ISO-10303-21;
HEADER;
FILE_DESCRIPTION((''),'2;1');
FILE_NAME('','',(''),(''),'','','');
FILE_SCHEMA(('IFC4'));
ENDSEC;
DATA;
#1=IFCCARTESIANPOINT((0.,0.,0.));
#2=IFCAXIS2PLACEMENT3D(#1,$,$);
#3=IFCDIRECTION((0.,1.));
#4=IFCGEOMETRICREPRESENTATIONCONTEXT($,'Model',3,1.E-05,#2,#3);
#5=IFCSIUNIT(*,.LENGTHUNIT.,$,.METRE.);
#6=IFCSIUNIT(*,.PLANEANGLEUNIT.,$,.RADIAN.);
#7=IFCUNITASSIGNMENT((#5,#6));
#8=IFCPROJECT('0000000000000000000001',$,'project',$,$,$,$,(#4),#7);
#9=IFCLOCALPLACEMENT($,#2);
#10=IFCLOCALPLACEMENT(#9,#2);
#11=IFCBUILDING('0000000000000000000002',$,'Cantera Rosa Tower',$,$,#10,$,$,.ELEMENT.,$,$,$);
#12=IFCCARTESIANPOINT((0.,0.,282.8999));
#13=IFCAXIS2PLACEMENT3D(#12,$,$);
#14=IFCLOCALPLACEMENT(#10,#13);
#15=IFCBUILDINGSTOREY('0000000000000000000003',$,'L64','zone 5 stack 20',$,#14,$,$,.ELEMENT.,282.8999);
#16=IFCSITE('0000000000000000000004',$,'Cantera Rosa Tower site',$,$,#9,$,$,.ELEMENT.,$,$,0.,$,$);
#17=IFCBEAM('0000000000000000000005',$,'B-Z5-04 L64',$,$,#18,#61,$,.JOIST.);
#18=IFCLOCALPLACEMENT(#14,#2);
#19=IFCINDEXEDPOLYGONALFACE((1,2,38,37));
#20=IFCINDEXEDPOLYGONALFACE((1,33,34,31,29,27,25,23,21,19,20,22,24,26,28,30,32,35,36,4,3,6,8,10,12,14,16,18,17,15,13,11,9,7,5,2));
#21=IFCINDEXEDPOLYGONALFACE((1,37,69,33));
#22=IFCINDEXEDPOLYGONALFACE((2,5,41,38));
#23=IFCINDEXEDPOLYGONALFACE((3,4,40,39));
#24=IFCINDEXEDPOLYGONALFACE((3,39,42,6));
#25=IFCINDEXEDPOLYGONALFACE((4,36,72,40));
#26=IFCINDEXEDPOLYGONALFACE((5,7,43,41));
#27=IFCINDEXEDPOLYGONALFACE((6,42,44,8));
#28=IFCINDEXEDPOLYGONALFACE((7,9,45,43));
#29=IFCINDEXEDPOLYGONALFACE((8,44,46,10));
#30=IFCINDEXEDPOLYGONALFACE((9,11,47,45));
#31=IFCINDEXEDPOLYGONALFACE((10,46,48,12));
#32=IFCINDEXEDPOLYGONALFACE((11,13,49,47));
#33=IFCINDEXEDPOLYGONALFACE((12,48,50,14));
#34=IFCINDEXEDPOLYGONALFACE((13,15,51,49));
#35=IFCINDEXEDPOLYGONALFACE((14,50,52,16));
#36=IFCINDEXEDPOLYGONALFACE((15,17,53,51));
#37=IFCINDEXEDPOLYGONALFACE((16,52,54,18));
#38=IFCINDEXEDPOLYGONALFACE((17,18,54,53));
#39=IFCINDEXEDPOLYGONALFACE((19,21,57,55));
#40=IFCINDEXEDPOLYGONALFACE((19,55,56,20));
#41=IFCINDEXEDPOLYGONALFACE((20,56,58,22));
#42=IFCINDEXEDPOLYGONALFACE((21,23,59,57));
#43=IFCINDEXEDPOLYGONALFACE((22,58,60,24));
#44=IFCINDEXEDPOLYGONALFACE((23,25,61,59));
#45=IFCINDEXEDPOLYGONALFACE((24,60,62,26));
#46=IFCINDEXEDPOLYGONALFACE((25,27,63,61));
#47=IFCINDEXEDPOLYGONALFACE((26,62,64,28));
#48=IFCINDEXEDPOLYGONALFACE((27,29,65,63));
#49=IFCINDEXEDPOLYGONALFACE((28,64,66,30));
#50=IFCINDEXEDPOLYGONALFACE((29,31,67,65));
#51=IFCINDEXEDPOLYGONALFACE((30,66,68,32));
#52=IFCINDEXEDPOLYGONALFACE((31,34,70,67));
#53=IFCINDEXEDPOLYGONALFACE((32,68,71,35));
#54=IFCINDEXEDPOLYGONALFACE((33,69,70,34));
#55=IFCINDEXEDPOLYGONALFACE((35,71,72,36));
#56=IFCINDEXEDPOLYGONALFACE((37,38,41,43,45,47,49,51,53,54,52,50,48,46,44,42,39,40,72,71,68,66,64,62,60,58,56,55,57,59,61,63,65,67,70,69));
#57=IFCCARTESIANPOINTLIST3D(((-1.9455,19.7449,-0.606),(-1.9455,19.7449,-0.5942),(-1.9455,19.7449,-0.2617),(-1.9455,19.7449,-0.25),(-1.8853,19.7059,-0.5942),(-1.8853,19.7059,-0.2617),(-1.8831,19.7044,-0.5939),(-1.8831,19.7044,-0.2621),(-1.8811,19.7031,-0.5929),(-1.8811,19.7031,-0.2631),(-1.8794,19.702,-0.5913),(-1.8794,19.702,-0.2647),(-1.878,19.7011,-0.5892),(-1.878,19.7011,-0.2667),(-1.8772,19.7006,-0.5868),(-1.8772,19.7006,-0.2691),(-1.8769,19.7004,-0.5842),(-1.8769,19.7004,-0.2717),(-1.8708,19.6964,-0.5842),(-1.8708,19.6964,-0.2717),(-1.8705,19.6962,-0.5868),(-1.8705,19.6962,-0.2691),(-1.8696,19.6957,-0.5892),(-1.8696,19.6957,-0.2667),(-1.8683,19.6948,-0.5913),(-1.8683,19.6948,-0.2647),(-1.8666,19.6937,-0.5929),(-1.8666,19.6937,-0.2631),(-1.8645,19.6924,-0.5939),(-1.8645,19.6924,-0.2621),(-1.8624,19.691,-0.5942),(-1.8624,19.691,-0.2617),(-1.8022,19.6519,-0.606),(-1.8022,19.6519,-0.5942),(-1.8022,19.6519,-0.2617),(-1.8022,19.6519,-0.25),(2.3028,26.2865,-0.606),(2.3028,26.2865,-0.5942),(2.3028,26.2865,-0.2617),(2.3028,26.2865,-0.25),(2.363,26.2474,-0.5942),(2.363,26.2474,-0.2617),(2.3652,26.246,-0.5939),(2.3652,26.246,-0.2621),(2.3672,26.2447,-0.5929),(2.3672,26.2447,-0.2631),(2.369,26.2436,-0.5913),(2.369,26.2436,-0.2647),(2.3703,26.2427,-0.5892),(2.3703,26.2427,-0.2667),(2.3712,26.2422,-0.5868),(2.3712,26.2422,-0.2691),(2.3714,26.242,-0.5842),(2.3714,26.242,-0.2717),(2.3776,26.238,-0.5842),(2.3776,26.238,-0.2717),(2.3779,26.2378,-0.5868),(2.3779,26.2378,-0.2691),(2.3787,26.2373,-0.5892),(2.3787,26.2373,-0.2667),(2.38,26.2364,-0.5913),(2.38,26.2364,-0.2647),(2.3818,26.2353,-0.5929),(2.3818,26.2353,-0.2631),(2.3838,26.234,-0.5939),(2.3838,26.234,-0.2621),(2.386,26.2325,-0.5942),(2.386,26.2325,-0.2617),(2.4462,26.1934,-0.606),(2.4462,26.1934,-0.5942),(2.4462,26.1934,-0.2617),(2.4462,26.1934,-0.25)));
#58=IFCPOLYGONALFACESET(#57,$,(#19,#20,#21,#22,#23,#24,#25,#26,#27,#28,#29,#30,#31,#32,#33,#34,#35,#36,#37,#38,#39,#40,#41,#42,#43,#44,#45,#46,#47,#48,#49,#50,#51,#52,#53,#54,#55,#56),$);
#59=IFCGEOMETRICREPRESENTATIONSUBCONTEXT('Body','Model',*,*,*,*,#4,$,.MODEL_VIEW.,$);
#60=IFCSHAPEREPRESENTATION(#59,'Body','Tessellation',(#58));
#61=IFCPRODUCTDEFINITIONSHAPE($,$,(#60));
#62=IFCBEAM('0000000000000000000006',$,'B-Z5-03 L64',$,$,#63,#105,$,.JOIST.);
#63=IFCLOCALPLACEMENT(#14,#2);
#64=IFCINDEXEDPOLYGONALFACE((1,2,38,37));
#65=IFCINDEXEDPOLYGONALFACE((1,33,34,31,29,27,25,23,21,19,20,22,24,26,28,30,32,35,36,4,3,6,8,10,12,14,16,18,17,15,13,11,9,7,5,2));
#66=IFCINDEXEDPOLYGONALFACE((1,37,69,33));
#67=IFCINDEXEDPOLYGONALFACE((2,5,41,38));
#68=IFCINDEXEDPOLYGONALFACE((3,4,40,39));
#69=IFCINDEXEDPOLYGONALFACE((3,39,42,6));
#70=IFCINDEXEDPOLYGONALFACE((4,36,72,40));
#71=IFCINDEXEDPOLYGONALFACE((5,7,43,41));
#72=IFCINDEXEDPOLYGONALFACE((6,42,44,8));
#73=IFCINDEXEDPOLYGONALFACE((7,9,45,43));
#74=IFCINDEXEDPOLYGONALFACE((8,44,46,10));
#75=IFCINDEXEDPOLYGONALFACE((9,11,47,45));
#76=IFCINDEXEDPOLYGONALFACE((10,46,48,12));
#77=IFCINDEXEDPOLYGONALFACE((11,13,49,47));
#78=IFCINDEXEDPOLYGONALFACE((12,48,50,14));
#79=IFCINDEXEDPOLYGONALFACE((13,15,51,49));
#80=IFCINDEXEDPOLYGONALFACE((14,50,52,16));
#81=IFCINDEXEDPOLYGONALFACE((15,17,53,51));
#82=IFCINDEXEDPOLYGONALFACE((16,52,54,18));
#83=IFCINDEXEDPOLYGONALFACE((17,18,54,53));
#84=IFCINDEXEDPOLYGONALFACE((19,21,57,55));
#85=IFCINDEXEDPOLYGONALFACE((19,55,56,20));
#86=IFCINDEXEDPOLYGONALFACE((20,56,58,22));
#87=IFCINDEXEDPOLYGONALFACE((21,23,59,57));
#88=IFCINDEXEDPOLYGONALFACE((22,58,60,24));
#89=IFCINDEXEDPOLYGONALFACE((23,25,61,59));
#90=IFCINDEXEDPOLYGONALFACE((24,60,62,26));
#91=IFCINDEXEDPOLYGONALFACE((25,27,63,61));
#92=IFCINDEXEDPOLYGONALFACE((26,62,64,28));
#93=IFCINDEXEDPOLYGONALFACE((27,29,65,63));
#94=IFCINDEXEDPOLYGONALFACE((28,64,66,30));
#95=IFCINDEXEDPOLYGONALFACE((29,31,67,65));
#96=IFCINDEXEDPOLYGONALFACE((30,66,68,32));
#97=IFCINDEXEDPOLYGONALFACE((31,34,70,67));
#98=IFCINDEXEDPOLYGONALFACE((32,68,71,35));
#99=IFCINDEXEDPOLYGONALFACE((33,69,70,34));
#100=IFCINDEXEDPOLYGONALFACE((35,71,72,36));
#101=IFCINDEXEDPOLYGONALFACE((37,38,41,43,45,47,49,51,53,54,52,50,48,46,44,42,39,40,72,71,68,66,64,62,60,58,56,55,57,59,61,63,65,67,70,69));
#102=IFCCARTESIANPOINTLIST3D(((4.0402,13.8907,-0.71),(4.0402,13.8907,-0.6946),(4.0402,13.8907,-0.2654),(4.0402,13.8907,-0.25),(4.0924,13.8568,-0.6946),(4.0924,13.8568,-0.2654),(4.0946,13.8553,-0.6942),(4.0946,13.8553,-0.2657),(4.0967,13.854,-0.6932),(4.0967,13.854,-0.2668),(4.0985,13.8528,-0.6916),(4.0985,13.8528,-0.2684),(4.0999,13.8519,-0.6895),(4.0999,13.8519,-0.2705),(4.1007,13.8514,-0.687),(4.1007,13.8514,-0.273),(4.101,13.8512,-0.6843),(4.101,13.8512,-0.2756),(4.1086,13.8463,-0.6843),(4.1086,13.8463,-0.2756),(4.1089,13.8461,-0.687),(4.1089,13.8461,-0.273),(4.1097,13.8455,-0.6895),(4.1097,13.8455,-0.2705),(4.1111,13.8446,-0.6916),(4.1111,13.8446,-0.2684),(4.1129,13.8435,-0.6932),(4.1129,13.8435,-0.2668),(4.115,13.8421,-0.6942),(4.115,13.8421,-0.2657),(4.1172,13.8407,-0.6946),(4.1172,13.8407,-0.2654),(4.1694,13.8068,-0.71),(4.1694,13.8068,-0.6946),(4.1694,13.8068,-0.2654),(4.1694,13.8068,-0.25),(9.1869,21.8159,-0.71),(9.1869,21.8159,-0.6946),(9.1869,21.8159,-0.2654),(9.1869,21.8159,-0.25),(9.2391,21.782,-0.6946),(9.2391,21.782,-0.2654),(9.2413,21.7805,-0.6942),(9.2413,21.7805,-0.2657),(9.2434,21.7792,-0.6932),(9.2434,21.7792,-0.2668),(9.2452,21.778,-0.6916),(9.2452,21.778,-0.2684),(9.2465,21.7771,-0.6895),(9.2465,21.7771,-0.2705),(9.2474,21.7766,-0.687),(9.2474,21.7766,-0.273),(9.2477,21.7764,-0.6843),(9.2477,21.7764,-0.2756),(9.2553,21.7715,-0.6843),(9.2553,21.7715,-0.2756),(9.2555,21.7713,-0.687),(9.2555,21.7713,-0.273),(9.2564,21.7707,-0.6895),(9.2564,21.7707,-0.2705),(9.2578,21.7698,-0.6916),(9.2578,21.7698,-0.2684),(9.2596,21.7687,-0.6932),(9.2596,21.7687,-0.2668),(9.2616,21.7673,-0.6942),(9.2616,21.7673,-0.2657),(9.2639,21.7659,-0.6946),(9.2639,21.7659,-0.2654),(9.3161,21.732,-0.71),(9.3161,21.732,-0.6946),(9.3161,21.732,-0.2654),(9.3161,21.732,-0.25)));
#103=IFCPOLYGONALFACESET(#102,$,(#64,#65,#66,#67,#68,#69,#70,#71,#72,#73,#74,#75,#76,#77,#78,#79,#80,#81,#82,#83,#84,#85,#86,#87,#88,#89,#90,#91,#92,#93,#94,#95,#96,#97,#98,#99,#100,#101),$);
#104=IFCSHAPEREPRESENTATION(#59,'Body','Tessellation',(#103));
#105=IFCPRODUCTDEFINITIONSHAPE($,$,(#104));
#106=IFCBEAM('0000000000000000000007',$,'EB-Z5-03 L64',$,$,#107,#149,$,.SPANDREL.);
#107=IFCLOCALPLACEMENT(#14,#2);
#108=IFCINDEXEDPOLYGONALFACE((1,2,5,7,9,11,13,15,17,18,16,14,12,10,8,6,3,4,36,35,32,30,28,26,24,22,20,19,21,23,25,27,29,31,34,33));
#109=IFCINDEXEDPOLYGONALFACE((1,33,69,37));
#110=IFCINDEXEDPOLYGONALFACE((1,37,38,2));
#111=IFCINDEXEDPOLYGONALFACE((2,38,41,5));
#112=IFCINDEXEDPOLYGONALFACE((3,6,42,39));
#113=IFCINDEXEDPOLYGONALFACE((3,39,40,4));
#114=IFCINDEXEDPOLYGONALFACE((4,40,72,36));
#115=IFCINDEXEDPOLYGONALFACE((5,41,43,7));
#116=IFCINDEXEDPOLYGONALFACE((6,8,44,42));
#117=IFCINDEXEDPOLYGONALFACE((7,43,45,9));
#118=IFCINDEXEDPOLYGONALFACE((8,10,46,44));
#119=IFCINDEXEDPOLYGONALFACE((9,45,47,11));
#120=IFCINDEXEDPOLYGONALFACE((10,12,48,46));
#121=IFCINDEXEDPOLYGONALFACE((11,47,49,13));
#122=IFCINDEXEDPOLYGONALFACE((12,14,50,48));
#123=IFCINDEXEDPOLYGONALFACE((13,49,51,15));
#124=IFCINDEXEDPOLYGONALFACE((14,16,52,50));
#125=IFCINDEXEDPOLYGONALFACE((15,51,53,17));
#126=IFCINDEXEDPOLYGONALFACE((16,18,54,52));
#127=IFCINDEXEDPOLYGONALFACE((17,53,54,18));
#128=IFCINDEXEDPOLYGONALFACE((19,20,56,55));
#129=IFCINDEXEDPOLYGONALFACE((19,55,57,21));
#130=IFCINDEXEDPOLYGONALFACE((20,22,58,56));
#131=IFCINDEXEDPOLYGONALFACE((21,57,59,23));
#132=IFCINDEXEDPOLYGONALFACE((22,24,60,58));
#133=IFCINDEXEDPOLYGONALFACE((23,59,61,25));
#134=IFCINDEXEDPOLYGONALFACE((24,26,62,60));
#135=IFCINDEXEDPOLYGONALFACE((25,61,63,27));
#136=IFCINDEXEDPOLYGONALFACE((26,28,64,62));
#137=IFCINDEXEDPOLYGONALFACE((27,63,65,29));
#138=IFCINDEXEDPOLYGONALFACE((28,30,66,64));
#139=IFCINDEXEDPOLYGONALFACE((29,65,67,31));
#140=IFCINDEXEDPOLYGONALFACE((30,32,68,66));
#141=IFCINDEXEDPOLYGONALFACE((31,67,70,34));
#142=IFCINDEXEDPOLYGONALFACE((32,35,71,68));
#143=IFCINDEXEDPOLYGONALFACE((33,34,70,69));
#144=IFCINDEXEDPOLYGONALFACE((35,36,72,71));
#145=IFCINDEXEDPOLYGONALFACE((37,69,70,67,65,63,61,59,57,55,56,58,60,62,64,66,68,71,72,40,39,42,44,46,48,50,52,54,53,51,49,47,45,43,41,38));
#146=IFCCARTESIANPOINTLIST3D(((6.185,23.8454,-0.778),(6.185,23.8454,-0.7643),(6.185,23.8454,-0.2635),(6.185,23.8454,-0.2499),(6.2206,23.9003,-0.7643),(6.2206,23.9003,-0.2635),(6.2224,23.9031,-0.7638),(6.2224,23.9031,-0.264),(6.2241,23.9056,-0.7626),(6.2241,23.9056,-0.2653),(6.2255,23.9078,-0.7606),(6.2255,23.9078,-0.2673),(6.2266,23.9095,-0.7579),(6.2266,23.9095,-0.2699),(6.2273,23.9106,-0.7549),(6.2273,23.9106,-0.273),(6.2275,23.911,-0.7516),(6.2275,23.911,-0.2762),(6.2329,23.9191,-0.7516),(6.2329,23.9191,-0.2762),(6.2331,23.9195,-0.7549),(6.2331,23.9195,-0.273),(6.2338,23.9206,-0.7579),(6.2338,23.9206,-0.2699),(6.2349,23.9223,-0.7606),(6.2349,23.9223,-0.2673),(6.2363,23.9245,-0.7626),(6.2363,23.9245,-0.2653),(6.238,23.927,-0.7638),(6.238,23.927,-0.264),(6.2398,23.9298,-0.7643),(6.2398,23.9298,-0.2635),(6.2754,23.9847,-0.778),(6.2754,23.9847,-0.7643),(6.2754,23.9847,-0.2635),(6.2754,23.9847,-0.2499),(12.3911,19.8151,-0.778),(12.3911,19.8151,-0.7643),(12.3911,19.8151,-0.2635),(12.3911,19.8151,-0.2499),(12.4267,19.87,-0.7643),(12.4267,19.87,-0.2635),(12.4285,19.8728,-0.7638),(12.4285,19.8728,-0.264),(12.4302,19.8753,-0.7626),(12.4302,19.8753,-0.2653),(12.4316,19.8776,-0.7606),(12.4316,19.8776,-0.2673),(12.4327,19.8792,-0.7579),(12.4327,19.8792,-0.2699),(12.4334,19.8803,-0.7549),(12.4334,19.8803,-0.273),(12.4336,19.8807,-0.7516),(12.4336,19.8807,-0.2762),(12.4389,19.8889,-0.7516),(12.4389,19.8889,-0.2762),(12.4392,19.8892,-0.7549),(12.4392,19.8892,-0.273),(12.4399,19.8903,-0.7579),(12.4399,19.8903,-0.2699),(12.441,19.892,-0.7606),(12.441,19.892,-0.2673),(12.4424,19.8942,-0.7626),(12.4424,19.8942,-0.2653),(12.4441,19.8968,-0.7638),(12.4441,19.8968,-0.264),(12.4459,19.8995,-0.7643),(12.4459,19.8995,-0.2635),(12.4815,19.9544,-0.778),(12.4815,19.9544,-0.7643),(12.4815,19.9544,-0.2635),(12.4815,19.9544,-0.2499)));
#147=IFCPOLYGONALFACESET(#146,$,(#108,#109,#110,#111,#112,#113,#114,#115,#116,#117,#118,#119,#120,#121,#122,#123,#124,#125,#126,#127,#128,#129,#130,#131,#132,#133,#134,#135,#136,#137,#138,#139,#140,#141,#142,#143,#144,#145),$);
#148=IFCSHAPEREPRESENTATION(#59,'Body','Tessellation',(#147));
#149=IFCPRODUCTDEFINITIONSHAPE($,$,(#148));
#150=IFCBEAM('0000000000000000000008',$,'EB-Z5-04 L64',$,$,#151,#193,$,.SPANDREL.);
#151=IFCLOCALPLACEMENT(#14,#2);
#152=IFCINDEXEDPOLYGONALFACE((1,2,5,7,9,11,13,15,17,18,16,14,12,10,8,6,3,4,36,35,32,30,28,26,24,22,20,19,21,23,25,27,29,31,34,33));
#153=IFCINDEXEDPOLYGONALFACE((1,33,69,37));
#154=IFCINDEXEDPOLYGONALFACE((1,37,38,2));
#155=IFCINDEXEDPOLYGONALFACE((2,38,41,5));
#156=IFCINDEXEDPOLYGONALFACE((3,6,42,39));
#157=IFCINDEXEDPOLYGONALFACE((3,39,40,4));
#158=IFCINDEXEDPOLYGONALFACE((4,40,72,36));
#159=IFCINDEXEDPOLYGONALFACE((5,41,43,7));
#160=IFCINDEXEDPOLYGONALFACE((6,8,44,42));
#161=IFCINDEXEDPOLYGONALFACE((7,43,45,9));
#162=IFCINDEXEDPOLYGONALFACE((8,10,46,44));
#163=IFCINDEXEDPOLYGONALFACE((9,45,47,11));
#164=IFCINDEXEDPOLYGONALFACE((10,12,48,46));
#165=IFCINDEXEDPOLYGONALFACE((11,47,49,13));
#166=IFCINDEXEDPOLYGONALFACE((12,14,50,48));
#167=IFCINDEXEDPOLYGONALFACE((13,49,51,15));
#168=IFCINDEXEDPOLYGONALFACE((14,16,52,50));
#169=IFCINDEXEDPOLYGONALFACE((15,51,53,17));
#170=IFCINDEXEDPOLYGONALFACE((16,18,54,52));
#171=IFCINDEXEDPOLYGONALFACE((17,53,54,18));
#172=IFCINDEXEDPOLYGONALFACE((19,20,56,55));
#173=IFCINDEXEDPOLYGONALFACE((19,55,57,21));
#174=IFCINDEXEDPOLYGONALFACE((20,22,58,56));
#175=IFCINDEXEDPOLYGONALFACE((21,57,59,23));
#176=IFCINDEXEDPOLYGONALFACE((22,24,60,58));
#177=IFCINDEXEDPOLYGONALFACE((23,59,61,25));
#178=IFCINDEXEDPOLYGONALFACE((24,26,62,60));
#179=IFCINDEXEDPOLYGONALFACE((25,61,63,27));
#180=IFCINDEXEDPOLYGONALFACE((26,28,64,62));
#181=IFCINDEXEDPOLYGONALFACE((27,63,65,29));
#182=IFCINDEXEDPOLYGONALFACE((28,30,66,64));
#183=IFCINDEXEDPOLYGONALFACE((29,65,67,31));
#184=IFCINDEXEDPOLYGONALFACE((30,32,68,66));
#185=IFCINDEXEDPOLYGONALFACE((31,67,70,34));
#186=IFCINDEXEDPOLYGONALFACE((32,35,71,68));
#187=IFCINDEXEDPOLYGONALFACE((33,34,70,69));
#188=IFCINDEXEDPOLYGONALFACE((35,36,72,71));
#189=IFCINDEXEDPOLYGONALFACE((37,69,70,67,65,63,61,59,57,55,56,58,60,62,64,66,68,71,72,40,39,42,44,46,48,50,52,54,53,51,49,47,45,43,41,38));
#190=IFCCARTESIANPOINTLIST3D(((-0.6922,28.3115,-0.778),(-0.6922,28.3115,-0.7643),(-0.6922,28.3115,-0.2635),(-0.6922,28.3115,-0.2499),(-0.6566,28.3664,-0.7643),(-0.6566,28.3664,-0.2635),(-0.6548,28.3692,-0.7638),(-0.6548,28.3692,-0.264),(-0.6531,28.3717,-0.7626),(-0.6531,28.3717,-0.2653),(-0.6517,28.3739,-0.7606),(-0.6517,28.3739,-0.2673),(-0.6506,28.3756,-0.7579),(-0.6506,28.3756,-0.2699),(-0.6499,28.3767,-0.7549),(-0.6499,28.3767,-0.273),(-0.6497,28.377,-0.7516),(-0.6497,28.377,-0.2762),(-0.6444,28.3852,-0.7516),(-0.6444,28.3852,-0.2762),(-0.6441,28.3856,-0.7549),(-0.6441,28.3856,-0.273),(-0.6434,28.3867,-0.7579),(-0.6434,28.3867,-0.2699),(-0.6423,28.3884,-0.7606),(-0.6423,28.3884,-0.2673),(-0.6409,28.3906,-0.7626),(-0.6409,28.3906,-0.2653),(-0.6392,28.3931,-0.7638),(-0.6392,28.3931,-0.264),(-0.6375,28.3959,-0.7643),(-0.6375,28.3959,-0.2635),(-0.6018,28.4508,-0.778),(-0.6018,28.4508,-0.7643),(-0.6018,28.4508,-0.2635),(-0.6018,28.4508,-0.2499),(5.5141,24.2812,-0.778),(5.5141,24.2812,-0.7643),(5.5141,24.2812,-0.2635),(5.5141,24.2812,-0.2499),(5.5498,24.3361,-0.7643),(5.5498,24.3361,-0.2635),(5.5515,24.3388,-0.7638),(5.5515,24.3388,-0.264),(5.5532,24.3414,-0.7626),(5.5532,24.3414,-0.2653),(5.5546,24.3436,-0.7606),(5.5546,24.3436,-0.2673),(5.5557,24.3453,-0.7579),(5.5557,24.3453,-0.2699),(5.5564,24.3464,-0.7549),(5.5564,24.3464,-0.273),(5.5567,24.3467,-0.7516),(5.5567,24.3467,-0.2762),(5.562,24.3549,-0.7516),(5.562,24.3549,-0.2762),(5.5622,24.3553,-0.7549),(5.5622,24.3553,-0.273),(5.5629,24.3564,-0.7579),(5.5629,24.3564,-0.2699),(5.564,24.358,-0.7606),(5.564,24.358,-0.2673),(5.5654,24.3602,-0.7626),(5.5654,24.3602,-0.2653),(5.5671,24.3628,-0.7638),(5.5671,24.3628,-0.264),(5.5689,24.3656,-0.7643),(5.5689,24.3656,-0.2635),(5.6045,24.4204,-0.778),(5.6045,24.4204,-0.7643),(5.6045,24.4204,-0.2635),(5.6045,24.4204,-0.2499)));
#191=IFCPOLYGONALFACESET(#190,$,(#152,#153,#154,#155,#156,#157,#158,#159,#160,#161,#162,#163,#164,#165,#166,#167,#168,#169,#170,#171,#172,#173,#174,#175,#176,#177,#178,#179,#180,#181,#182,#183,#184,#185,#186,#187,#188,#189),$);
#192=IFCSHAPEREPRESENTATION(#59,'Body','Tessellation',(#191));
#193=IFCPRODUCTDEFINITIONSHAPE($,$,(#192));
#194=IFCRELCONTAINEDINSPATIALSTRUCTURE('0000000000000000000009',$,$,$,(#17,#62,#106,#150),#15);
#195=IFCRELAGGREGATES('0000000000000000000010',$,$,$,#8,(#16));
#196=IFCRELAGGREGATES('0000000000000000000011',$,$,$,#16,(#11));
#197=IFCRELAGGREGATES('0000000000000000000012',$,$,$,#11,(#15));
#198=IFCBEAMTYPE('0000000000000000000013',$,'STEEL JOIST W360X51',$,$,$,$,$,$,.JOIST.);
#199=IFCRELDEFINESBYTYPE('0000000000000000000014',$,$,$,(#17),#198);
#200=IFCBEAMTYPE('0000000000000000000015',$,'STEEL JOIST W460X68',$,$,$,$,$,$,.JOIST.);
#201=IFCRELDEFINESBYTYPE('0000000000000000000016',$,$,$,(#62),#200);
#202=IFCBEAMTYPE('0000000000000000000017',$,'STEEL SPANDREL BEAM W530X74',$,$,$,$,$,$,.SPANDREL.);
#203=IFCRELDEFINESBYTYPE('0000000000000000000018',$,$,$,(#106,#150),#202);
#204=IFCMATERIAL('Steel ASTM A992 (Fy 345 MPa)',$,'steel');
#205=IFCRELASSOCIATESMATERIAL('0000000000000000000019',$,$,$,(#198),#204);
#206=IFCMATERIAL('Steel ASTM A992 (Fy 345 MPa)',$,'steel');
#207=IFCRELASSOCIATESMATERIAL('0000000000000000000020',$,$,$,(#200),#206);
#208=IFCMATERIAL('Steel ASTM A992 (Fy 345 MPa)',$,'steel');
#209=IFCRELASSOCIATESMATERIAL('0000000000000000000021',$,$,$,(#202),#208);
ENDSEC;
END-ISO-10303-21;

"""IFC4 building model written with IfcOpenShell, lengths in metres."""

from ifc_helpers import new_model, si_unit, direction, frame, origin, origin_2d, place, context, subcontext, project, spatial, i_section, extrude, material, material_profile, profile_set, type_object, element, save


model = new_model("IFC4")

# Units and contexts
model_context = context("Model", 3, precision=1e-05, world=origin(), true_north=direction((0.0, 1.0)))
body_context = subcontext(model_context, "Body", "Model", "MODEL_VIEW")
ifc_project = project(units=[si_unit("LENGTHUNIT", "METRE"), si_unit("PLANEANGLEUNIT", "RADIAN")], contexts=[model_context])

# Site, building, storey
site_placement = place(None, origin())
site = spatial("IfcSite", under=ifc_project, at=site_placement, Name="Cantera Rosa Tower site", CompositionType="ELEMENT", RefElevation=0.0)
building_placement = place(site_placement, origin())
building = spatial("IfcBuilding", under=site, at=building_placement, Name="Cantera Rosa Tower", CompositionType="ELEMENT")
storey_placement = place(building_placement, frame((0.0, 0.0, 282.8999)))
storey = spatial("IfcBuildingStorey", under=building, at=storey_placement, Name="L64", Description="zone 5 stack 20", CompositionType="ELEMENT", Elevation=282.8999)

# Beams
ifc_material_1 = material(Name="Steel ASTM A992 (Fy 345 MPa)", Category="steel")
ifc_material_profile_1 = material_profile(ifc_material_1, i_section(OverallWidth=0.1709, OverallDepth=0.356, WebThickness=0.0073, FlangeThickness=0.0117, FilletRadius=0.01, at=origin_2d()), Name="W360X51")
ifc_profile_set_1 = profile_set([ifc_material_profile_1], Name="Steel ASTM A992 (Fy 345 MPa)")
beam_type_1 = type_object("IfcBeamType", Name="STEEL JOIST W360X51", PredefinedType="JOIST", material=ifc_profile_set_1)
beam_1_placement = place(storey_placement, frame((2.3745, 26.24, -0.428), z_axis=(-0.544656, -0.83866, 0.0), x_axis=(0.83866, -0.544656, 0.0)))
element("IfcBeam", 1, at=beam_1_placement, inside=storey, type_object=beam_type_1, Name="B-Z5-04 L64", PredefinedType="JOIST", context=body_context, shape_type="SweptSolid", body=[
    extrude(i_section(OverallWidth=0.1709, OverallDepth=0.356, WebThickness=0.0073, FlangeThickness=0.0117, FilletRadius=0.01, at=origin_2d()), origin(), (0.0, 0.0, 1.0), 7.8),
])
ifc_material_2 = material(Name="Steel ASTM A992 (Fy 345 MPa)", Category="steel")
ifc_material_profile_2 = material_profile(ifc_material_2, i_section(OverallWidth=0.1541, OverallDepth=0.46, WebThickness=0.009, FlangeThickness=0.0154, FilletRadius=0.0103, at=origin_2d()), Name="W460X68")
ifc_profile_set_2 = profile_set([ifc_material_profile_2], Name="Steel ASTM A992 (Fy 345 MPa)")
beam_type_2 = type_object("IfcBeamType", Name="STEEL JOIST W460X68", PredefinedType="JOIST", material=ifc_profile_set_2)
beam_2_placement = place(storey_placement, frame((9.2515, 21.7739, -0.48), z_axis=(-0.544638, -0.838671, 0.0), x_axis=(0.838671, -0.544638, 0.0)))
element("IfcBeam", 2, at=beam_2_placement, inside=storey, type_object=beam_type_2, Name="B-Z5-03 L64", PredefinedType="JOIST", context=body_context, shape_type="SweptSolid", body=[
    extrude(i_section(OverallWidth=0.1541, OverallDepth=0.46, WebThickness=0.009, FlangeThickness=0.0154, FilletRadius=0.0103, at=origin_2d()), origin(), (0.0, 0.0, 1.0), 9.4497),
])
ifc_material_3 = material(Name="Steel ASTM A992 (Fy 345 MPa)", Category="steel")
ifc_material_profile_3 = material_profile(ifc_material_3, i_section(OverallWidth=0.166, OverallDepth=0.5281, WebThickness=0.0098, FlangeThickness=0.0137, FilletRadius=0.0127, at=origin_2d()), Name="W530X74")
ifc_profile_set_3 = profile_set([ifc_material_profile_3], Name="Steel ASTM A992 (Fy 345 MPa)")
beam_type_3 = type_object("IfcBeamType", Name="STEEL SPANDREL BEAM W530X74", PredefinedType="SPANDREL", material=ifc_profile_set_3)
beam_3_placement = place(storey_placement, frame((12.4363, 19.8848, -0.5139), z_axis=(-0.83867, 0.54464, 0.0), x_axis=(-0.54464, -0.83867, 0.0)))
element("IfcBeam", 3, at=beam_3_placement, inside=storey, type_object=beam_type_3, Name="EB-Z5-03 L64", PredefinedType="SPANDREL", context=body_context, shape_type="SweptSolid", body=[
    extrude(i_section(OverallWidth=0.166, OverallDepth=0.5281, WebThickness=0.0098, FlangeThickness=0.0137, FilletRadius=0.0127, at=origin_2d()), origin(), (0.0, 0.0, 1.0), 7.3999),
])
beam_4_placement = place(storey_placement, frame((5.5593, 24.3508, -0.5139), z_axis=(-0.838679, 0.544625, 0.0), x_axis=(-0.544625, -0.838679, 0.0)))
element("IfcBeam", 4, at=beam_4_placement, inside=storey, type_object=beam_type_3, Name="EB-Z5-04 L64", PredefinedType="SPANDREL", context=body_context, shape_type="SweptSolid", body=[
    extrude(i_section(OverallWidth=0.166, OverallDepth=0.5281, WebThickness=0.0098, FlangeThickness=0.0137, FilletRadius=0.0127, at=origin_2d()), origin(), (0.0, 0.0, 1.0), 7.4001),
])

save(model, "model.ifc")
